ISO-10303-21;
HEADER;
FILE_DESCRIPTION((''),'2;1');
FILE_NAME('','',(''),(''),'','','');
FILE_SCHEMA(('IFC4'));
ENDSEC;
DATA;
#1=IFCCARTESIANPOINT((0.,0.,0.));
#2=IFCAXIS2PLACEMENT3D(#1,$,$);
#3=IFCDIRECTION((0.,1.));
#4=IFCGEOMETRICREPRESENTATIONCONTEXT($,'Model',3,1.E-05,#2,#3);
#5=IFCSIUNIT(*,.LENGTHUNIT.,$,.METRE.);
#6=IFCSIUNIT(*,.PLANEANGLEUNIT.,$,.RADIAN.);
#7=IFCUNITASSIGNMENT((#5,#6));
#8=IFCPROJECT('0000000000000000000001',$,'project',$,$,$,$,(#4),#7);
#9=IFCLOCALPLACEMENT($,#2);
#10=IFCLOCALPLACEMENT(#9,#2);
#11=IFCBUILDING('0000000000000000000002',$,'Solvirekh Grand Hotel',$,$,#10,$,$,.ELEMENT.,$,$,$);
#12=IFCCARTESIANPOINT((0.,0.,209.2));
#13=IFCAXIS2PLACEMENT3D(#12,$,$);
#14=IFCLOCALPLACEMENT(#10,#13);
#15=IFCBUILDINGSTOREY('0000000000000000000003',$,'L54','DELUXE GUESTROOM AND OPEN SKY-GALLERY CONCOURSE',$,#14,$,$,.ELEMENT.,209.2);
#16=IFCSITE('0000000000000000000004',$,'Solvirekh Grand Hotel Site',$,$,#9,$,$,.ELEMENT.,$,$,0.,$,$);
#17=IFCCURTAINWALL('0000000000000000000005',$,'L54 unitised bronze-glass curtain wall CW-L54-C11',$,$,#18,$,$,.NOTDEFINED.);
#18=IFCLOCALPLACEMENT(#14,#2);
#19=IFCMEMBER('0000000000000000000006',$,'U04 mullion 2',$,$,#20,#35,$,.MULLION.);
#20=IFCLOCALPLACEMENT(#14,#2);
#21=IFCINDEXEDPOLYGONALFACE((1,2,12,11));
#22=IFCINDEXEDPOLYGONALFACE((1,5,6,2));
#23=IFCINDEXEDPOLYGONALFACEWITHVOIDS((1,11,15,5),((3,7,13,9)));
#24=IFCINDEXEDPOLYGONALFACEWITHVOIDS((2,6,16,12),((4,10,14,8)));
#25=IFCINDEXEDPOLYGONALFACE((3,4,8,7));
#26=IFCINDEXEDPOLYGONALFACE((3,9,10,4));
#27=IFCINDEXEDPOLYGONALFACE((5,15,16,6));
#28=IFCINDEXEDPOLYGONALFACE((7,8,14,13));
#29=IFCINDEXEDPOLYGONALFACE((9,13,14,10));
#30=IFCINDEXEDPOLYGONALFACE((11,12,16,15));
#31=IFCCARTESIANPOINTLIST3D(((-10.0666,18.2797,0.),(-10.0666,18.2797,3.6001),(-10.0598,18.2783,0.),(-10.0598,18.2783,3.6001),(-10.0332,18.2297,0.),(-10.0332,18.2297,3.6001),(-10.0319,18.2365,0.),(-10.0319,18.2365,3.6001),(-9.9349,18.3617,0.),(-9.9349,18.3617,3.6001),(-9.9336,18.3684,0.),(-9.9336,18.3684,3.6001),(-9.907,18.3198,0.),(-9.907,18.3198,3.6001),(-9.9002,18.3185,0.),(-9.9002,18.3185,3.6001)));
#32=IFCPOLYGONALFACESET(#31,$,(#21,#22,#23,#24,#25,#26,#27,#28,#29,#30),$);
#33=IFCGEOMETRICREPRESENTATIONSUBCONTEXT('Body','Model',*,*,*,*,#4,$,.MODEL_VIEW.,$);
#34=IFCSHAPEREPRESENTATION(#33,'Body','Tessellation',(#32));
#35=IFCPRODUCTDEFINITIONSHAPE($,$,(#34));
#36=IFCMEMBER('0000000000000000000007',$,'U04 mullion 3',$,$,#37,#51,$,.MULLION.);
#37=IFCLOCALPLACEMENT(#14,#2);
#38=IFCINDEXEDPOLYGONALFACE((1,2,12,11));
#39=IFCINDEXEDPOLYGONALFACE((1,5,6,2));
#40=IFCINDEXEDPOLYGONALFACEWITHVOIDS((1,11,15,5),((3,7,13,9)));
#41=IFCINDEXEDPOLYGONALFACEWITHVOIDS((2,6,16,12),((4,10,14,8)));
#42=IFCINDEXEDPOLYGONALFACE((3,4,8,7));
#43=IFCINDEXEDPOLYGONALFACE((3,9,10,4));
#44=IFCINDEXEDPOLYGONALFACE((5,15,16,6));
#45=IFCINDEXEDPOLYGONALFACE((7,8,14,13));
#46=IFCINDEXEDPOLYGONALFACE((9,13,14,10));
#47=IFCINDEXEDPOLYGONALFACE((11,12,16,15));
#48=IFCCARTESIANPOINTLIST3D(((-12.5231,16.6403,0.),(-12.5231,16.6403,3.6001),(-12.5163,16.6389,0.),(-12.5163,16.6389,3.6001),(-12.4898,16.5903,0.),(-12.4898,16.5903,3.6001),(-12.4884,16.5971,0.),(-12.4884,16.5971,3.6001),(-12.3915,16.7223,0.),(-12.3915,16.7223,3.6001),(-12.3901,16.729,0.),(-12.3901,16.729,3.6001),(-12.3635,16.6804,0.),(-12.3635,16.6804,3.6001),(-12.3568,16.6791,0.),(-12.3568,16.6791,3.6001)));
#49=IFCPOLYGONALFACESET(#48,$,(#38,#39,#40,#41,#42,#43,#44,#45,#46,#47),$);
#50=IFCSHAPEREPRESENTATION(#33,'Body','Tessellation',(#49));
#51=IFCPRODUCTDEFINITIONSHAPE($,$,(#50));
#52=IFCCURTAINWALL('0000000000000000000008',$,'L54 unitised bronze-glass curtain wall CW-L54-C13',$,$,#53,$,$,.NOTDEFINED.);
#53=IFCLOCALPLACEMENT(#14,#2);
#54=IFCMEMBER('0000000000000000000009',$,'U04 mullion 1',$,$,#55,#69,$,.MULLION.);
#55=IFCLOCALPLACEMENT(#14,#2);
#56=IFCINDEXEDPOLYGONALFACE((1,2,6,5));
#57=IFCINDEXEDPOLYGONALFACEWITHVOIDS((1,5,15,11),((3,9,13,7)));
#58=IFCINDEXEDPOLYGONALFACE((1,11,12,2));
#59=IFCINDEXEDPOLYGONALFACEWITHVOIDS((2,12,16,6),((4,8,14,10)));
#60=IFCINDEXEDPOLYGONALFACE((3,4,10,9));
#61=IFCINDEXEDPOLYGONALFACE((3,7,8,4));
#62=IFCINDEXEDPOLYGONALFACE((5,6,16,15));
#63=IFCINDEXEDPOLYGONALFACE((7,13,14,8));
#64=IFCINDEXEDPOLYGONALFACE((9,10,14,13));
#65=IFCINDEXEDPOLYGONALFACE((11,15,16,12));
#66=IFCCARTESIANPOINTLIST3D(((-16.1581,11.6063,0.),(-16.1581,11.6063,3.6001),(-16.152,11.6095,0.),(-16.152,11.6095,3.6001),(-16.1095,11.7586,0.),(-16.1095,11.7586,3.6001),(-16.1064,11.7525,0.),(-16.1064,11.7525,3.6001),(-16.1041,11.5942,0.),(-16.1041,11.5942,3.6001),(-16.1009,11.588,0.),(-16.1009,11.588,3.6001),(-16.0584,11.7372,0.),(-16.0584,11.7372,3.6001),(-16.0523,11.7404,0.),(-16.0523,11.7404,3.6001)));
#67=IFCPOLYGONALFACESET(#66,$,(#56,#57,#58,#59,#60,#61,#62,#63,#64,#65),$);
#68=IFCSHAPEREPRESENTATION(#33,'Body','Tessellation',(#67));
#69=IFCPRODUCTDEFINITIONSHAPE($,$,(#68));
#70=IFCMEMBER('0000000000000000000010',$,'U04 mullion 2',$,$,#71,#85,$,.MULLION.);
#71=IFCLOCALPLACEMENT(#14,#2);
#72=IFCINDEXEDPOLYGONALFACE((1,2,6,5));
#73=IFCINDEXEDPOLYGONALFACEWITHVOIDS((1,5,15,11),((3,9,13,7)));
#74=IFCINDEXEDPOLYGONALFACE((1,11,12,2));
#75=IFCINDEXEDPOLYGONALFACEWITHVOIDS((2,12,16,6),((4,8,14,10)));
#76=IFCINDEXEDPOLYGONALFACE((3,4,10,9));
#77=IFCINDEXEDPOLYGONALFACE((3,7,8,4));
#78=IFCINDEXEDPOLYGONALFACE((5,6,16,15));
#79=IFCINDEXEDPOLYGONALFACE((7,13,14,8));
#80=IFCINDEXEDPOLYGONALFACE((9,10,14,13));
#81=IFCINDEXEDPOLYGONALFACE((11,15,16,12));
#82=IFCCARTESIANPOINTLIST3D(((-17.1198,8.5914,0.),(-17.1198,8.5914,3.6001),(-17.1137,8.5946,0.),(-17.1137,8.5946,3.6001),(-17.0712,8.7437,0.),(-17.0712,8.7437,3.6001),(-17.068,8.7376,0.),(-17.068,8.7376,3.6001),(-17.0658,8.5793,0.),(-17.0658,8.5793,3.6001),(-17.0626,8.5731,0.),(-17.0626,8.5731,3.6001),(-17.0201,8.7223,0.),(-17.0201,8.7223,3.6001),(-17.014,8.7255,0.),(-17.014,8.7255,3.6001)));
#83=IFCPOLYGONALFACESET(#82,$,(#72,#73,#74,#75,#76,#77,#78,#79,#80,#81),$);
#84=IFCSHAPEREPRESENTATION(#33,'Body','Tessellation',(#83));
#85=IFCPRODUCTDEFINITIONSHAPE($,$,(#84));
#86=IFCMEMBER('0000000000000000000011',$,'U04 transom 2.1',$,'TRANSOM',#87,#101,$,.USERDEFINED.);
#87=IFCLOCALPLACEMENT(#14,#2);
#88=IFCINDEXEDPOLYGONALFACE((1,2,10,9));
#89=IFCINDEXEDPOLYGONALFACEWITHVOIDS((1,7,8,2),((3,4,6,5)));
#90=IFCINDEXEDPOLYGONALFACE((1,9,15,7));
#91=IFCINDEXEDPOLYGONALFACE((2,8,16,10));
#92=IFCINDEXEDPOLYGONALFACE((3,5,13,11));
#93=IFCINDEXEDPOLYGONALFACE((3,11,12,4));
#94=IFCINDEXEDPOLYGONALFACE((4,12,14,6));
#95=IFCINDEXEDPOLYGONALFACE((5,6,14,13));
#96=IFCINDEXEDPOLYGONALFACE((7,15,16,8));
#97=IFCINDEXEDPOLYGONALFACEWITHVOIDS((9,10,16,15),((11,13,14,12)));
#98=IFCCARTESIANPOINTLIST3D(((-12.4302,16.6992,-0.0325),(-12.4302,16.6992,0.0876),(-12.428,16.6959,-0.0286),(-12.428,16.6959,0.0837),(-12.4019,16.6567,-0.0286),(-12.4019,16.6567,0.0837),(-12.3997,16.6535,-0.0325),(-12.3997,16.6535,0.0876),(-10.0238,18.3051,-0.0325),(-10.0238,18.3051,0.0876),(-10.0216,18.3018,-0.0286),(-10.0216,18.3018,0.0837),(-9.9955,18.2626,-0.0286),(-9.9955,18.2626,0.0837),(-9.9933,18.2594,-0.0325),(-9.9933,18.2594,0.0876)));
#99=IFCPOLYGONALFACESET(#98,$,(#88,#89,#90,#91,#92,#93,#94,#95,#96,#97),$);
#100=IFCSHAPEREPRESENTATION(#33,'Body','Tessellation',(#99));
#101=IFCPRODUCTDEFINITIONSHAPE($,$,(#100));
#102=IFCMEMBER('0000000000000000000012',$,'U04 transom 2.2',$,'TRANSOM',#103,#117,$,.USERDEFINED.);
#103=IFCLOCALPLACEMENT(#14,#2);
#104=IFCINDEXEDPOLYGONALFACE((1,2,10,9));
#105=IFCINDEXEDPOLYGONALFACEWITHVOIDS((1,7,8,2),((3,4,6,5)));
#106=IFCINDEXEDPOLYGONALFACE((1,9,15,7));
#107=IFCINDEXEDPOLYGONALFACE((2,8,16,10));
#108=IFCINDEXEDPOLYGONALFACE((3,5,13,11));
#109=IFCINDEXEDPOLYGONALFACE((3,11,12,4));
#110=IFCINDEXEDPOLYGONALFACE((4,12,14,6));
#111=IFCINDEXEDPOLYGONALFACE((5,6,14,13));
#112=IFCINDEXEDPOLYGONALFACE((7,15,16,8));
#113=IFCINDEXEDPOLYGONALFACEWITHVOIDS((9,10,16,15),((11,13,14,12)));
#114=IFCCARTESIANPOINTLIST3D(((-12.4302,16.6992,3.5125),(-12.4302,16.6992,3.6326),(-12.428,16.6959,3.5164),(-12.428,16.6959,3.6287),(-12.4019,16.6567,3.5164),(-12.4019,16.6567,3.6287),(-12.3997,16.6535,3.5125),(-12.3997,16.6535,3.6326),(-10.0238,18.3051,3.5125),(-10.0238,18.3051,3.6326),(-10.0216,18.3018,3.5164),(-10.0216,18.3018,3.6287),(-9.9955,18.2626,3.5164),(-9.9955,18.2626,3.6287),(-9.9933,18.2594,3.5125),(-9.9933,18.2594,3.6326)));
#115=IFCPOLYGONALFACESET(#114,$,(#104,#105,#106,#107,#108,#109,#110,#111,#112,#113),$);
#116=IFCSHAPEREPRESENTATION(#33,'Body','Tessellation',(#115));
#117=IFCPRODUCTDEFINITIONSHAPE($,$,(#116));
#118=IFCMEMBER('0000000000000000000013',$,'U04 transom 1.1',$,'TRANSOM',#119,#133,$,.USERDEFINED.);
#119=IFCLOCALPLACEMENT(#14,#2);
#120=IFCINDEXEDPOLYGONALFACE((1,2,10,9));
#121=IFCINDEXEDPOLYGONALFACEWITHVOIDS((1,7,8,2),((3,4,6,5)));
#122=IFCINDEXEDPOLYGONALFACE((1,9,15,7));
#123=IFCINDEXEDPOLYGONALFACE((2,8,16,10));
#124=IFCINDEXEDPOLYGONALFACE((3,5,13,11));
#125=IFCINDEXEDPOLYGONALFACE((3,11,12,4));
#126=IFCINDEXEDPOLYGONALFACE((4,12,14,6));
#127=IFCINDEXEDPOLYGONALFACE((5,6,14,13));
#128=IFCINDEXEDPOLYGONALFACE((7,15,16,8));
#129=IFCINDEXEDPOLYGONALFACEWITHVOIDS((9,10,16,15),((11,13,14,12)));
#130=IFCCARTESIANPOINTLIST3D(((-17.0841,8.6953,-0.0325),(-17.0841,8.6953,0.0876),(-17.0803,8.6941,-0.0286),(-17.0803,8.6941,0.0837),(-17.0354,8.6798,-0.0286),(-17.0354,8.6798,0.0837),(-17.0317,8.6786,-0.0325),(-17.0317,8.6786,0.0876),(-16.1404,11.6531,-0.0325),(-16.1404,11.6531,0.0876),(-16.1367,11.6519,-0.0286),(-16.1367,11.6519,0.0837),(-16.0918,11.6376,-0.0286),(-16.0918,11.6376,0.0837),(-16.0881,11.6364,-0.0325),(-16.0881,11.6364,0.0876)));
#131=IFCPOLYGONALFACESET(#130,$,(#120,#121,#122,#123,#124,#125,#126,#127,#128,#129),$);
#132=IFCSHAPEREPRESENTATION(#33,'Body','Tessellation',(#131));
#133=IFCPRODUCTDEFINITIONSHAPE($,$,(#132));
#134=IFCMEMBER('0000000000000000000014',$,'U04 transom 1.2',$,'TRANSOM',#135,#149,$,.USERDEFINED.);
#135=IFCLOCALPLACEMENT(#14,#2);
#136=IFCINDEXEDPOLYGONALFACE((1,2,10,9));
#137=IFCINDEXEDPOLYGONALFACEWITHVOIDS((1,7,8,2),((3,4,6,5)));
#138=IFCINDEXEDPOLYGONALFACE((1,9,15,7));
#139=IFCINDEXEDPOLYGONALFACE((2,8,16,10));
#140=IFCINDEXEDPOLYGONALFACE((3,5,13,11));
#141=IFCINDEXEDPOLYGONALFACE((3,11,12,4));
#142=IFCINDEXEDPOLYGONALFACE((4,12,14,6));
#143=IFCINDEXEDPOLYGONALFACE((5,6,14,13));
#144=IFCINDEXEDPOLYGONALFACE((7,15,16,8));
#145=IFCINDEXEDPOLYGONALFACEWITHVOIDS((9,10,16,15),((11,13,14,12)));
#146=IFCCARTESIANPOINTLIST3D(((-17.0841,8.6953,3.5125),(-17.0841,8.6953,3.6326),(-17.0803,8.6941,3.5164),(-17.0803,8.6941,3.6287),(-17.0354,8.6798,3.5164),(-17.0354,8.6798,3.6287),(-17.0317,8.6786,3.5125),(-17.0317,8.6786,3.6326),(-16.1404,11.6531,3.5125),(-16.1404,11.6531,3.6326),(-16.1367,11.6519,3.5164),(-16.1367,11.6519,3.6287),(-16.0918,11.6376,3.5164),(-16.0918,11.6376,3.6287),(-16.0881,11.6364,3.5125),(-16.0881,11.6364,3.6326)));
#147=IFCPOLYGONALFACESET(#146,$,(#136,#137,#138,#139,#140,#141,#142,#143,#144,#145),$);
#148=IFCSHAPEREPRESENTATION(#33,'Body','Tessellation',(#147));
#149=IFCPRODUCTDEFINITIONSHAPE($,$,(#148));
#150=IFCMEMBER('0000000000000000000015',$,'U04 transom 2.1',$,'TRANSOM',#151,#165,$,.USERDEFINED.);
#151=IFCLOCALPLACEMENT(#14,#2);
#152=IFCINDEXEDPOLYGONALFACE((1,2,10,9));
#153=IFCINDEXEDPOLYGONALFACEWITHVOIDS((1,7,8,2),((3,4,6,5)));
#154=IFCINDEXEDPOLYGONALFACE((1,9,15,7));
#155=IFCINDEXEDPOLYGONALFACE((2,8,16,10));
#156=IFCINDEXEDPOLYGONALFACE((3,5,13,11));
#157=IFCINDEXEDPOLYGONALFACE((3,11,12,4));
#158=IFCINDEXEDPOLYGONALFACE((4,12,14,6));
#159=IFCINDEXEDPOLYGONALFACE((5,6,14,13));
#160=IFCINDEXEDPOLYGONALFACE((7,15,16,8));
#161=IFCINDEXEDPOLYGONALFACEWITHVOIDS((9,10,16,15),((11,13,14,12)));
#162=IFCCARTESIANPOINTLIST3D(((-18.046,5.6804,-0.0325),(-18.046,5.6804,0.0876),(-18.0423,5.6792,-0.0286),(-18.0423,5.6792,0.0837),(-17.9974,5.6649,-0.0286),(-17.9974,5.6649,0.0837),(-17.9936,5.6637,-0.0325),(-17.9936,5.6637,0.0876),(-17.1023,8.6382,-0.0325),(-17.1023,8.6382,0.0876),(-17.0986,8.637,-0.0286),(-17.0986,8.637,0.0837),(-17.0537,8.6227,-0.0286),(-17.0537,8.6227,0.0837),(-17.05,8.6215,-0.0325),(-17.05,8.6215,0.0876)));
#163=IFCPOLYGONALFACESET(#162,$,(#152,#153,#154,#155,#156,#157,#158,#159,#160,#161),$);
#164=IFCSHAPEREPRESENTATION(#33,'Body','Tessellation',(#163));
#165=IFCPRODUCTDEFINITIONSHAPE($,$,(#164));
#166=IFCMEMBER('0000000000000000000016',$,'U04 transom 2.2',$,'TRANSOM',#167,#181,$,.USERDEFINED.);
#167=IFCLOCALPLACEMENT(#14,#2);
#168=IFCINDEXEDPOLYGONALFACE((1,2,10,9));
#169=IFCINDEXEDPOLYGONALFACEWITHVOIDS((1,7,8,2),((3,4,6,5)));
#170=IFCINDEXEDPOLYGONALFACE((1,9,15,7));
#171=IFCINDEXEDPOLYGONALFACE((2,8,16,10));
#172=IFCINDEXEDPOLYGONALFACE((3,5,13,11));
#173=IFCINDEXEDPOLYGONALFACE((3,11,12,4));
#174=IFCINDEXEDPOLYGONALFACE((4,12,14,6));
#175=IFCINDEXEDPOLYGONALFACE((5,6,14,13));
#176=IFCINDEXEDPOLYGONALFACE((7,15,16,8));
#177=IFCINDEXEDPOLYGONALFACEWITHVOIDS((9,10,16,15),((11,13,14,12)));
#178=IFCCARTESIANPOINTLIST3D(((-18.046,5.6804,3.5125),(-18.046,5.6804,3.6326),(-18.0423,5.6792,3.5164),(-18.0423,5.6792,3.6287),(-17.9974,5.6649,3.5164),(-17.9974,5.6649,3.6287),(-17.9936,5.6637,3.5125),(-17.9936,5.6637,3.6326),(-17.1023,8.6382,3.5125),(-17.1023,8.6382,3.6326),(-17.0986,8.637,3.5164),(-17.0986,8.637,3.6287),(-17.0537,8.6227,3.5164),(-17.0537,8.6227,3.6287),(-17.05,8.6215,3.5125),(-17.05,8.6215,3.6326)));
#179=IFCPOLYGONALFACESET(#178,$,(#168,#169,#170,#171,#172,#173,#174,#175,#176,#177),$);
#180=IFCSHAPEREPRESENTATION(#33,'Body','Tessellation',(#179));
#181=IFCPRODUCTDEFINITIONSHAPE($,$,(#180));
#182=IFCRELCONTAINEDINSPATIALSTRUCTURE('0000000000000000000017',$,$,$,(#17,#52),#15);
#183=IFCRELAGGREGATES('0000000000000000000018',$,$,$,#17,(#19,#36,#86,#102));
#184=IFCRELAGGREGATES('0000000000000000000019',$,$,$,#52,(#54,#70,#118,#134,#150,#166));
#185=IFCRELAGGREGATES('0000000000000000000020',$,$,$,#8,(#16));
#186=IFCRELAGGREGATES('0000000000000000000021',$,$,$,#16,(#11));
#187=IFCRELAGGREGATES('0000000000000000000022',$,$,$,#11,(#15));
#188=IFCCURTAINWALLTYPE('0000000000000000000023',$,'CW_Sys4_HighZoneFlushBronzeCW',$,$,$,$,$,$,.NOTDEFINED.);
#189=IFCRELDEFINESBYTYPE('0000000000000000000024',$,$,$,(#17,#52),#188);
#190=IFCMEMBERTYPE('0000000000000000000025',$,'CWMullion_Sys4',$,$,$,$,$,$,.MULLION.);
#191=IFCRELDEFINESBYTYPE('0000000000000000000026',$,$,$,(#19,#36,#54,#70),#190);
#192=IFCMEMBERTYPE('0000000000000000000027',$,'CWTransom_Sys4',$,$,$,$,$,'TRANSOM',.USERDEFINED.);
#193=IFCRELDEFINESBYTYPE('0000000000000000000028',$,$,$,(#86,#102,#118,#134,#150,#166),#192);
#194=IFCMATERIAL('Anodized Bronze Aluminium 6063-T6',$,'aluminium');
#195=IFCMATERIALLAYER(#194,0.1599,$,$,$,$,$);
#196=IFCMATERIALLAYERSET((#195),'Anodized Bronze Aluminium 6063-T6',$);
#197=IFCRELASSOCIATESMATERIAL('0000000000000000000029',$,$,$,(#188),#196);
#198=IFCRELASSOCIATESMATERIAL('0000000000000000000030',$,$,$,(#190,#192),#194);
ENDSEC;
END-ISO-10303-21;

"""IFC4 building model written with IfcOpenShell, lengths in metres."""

from ifc_helpers import new_model, si_unit, direction, frame, origin, origin_2d, place, context, subcontext, project, spatial, hollow_rectangle, extrude, source, transform, mapped, material, layer, layer_set, material_profile, profile_set, type_object, element, aggregate, save


model = new_model("IFC4")

# Units and contexts
model_context = context("Model", 3, precision=1e-05, world=origin(), true_north=direction((0.0, 1.0)))
body_context = subcontext(model_context, "Body", "Model", "MODEL_VIEW")
ifc_project = project(units=[si_unit("LENGTHUNIT", "METRE"), si_unit("PLANEANGLEUNIT", "RADIAN")], contexts=[model_context])

# Site, building, storey
site_placement = place(None, origin())
site = spatial("IfcSite", under=ifc_project, at=site_placement, Name="Solvirekh Grand Hotel Site", CompositionType="ELEMENT", RefElevation=0.0)
building_placement = place(site_placement, origin())
building = spatial("IfcBuilding", under=site, at=building_placement, Name="Solvirekh Grand Hotel", CompositionType="ELEMENT")
storey_placement = place(building_placement, frame((0.0, 0.0, 209.2)))
storey = spatial("IfcBuildingStorey", under=building, at=storey_placement, Name="L54", Description="DELUXE GUESTROOM AND OPEN SKY-GALLERY CONCOURSE", CompositionType="ELEMENT", Elevation=209.2)

# Curtain walls, members
ifc_material_1 = material(Name="Anodized Bronze Aluminium 6063-T6", Category="aluminium")
ifc_layer_1 = layer(ifc_material_1, 0.1599)
ifc_layer_set_1 = layer_set([ifc_layer_1], Name="Anodized Bronze Aluminium 6063-T6")
curtain_wall_type = type_object("IfcCurtainWallType", Name="CW_Sys4_HighZoneFlushBronzeCW", PredefinedType="NOTDEFINED", material=ifc_layer_set_1)
curtain_wall_1_placement = place(storey_placement, origin())
curtain_wall_1 = element("IfcCurtainWall", 1, at=curtain_wall_1_placement, inside=storey, type_object=curtain_wall_type, Name="L54 unitised bronze-glass curtain wall CW-L54-C11", PredefinedType="NOTDEFINED")
ifc_material_profile_1 = material_profile(ifc_material_1, hollow_rectangle(XDim=0.0601, YDim=0.1599, WallThickness=0.0049, at=origin_2d()), Name="ALU RHS 160X60X5")
ifc_profile_set_1 = profile_set([ifc_material_profile_1], Name="Anodized Bronze Aluminium 6063-T6")
member_type_1 = type_object("IfcMemberType", Name="CWMullion_Sys4", PredefinedType="MULLION", material=ifc_profile_set_1)
shared_shape_1 = source(origin(), body_context, "Body", "SweptSolid", [
    extrude(hollow_rectangle(XDim=0.0601, YDim=0.1599, WallThickness=0.0049, at=origin_2d()), origin(), (0.0, 0.0, 1.0), 3.6001),
])
member_1_placement = place(storey_placement, frame((-9.9834, 18.2991, 0.0), z_axis=(0.0, 0.0, 1.0), x_axis=(0.555087, -0.831792, 0.0)))
member_1 = element("IfcMember", 2, at=member_1_placement, type_object=member_type_1, Name="U04 mullion 2", PredefinedType="MULLION", context=body_context, shape_type="MappedRepresentation", body=[
    mapped(shared_shape_1, transform((0.0, 0.0, 0.0), x_axis=(1.0, 0.0, 0.0), y_axis=(0.0, 1.0, 0.0), z_axis=(0.0, 0.0, 1.0), scale=1.0)),
])
member_2_placement = place(storey_placement, frame((-12.4399, 16.6597, 0.0), z_axis=(0.0, 0.0, 1.0), x_axis=(0.555087, -0.831792, 0.0)))
member_2 = element("IfcMember", 3, at=member_2_placement, type_object=member_type_1, Name="U04 mullion 3", PredefinedType="MULLION", context=body_context, shape_type="MappedRepresentation", body=[
    mapped(shared_shape_1, transform((0.0, 0.0, 0.0), x_axis=(1.0, 0.0, 0.0), y_axis=(0.0, 1.0, 0.0), z_axis=(0.0, 0.0, 1.0), scale=1.0)),
])
curtain_wall_2_placement = place(storey_placement, origin())
curtain_wall_2 = element("IfcCurtainWall", 4, at=curtain_wall_2_placement, inside=storey, type_object=curtain_wall_type, Name="L54 unitised bronze-glass curtain wall CW-L54-C13", PredefinedType="NOTDEFINED")
member_3_placement = place(storey_placement, frame((-16.1052, 11.6733, 0.0), z_axis=(0.0, 0.0, 1.0), x_axis=(0.952689, -0.303946, 0.0)))
member_3 = element("IfcMember", 5, at=member_3_placement, type_object=member_type_1, Name="U04 mullion 1", PredefinedType="MULLION", context=body_context, shape_type="MappedRepresentation", body=[
    mapped(shared_shape_1, transform((0.0, 0.0, 0.0), x_axis=(1.0, 0.0, 0.0), y_axis=(0.0, 1.0, 0.0), z_axis=(0.0, 0.0, 1.0), scale=1.0)),
])
member_4_placement = place(storey_placement, frame((-17.0669, 8.6584, 0.0), z_axis=(0.0, 0.0, 1.0), x_axis=(0.952689, -0.303946, 0.0)))
member_4 = element("IfcMember", 6, at=member_4_placement, type_object=member_type_1, Name="U04 mullion 2", PredefinedType="MULLION", context=body_context, shape_type="MappedRepresentation", body=[
    mapped(shared_shape_1, transform((0.0, 0.0, 0.0), x_axis=(1.0, 0.0, 0.0), y_axis=(0.0, 1.0, 0.0), z_axis=(0.0, 0.0, 1.0), scale=1.0)),
])

# Members
ifc_material_profile_2 = material_profile(ifc_material_1, hollow_rectangle(XDim=0.0549, YDim=0.1201, WallThickness=0.0039, at=origin_2d()), Name="ALU RHS 120X55X4")
ifc_profile_set_2 = profile_set([ifc_material_profile_2], Name="Anodized Bronze Aluminium 6063-T6")
member_type_2 = type_object("IfcMemberType", Name="CWTransom_Sys4", ElementType="TRANSOM", PredefinedType="USERDEFINED", material=ifc_profile_set_2)
shared_shape_2 = source(origin(), body_context, "Body", "SweptSolid", [
    extrude(hollow_rectangle(XDim=0.0549, YDim=0.1201, WallThickness=0.0039, at=origin_2d()), origin(), (0.0, 0.0, 1.0), 2.8931),
])
member_5_placement = place(storey_placement, frame((-10.0085, 18.2822, 0.0276), z_axis=(-0.831791, -0.55509, 0.0), x_axis=(0.55509, -0.831791, 0.0)))
member_5 = element("IfcMember", 7, at=member_5_placement, type_object=member_type_2, Name="U04 transom 2.1", ObjectType="TRANSOM", PredefinedType="USERDEFINED", context=body_context, shape_type="MappedRepresentation", body=[
    mapped(shared_shape_2, transform((0.0, 0.0, 0.0), x_axis=(1.0, 0.0, 0.0), y_axis=(0.0, 1.0, 0.0), z_axis=(0.0, 0.0, 1.0), scale=1.0)),
])
member_6_placement = place(storey_placement, frame((-10.0085, 18.2822, 3.5725), z_axis=(-0.831791, -0.55509, 0.0), x_axis=(0.55509, -0.831791, 0.0)))
member_6 = element("IfcMember", 8, at=member_6_placement, type_object=member_type_2, Name="U04 transom 2.2", ObjectType="TRANSOM", PredefinedType="USERDEFINED", context=body_context, shape_type="MappedRepresentation", body=[
    mapped(shared_shape_2, transform((0.0, 0.0, 0.0), x_axis=(1.0, 0.0, 0.0), y_axis=(0.0, 1.0, 0.0), z_axis=(0.0, 0.0, 1.0), scale=1.0)),
])
shared_shape_3 = source(origin(), body_context, "Body", "SweptSolid", [
    extrude(hollow_rectangle(XDim=0.0549, YDim=0.1201, WallThickness=0.0039, at=origin_2d()), origin(), (0.0, 0.0, 1.0), 3.1047),
])
member_7_placement = place(storey_placement, frame((-16.1143, 11.6448, 0.0276), z_axis=(-0.303934, -0.952693, 0.0), x_axis=(0.952693, -0.303934, 0.0)))
member_7 = element("IfcMember", 9, at=member_7_placement, type_object=member_type_2, Name="U04 transom 1.1", ObjectType="TRANSOM", PredefinedType="USERDEFINED", context=body_context, shape_type="MappedRepresentation", body=[
    mapped(shared_shape_3, transform((0.0, 0.0, 0.0), x_axis=(1.0, 0.0, 0.0), y_axis=(0.0, 1.0, 0.0), z_axis=(0.0, 0.0, 1.0), scale=1.0)),
])
member_8_placement = place(storey_placement, frame((-16.1143, 11.6448, 3.5725), z_axis=(-0.303934, -0.952693, 0.0), x_axis=(0.952693, -0.303934, 0.0)))
member_8 = element("IfcMember", 10, at=member_8_placement, type_object=member_type_2, Name="U04 transom 1.2", ObjectType="TRANSOM", PredefinedType="USERDEFINED", context=body_context, shape_type="MappedRepresentation", body=[
    mapped(shared_shape_3, transform((0.0, 0.0, 0.0), x_axis=(1.0, 0.0, 0.0), y_axis=(0.0, 1.0, 0.0), z_axis=(0.0, 0.0, 1.0), scale=1.0)),
])
member_9_placement = place(storey_placement, frame((-17.0762, 8.6299, 0.0276), z_axis=(-0.303934, -0.952693, 0.0), x_axis=(0.952693, -0.303934, 0.0)))
member_9 = element("IfcMember", 11, at=member_9_placement, type_object=member_type_2, Name="U04 transom 2.1", ObjectType="TRANSOM", PredefinedType="USERDEFINED", context=body_context, shape_type="MappedRepresentation", body=[
    mapped(shared_shape_3, transform((0.0, 0.0, 0.0), x_axis=(1.0, 0.0, 0.0), y_axis=(0.0, 1.0, 0.0), z_axis=(0.0, 0.0, 1.0), scale=1.0)),
])
member_10_placement = place(storey_placement, frame((-17.0762, 8.6299, 3.5725), z_axis=(-0.303934, -0.952693, 0.0), x_axis=(0.952693, -0.303934, 0.0)))
member_10 = element("IfcMember", 12, at=member_10_placement, type_object=member_type_2, Name="U04 transom 2.2", ObjectType="TRANSOM", PredefinedType="USERDEFINED", context=body_context, shape_type="MappedRepresentation", body=[
    mapped(shared_shape_3, transform((0.0, 0.0, 0.0), x_axis=(1.0, 0.0, 0.0), y_axis=(0.0, 1.0, 0.0), z_axis=(0.0, 0.0, 1.0), scale=1.0)),
])

aggregate(curtain_wall_1, [member_1, member_2, member_5, member_6])
aggregate(curtain_wall_2, [member_3, member_4, member_7, member_8, member_9, member_10])

save(model, "model.ifc")
